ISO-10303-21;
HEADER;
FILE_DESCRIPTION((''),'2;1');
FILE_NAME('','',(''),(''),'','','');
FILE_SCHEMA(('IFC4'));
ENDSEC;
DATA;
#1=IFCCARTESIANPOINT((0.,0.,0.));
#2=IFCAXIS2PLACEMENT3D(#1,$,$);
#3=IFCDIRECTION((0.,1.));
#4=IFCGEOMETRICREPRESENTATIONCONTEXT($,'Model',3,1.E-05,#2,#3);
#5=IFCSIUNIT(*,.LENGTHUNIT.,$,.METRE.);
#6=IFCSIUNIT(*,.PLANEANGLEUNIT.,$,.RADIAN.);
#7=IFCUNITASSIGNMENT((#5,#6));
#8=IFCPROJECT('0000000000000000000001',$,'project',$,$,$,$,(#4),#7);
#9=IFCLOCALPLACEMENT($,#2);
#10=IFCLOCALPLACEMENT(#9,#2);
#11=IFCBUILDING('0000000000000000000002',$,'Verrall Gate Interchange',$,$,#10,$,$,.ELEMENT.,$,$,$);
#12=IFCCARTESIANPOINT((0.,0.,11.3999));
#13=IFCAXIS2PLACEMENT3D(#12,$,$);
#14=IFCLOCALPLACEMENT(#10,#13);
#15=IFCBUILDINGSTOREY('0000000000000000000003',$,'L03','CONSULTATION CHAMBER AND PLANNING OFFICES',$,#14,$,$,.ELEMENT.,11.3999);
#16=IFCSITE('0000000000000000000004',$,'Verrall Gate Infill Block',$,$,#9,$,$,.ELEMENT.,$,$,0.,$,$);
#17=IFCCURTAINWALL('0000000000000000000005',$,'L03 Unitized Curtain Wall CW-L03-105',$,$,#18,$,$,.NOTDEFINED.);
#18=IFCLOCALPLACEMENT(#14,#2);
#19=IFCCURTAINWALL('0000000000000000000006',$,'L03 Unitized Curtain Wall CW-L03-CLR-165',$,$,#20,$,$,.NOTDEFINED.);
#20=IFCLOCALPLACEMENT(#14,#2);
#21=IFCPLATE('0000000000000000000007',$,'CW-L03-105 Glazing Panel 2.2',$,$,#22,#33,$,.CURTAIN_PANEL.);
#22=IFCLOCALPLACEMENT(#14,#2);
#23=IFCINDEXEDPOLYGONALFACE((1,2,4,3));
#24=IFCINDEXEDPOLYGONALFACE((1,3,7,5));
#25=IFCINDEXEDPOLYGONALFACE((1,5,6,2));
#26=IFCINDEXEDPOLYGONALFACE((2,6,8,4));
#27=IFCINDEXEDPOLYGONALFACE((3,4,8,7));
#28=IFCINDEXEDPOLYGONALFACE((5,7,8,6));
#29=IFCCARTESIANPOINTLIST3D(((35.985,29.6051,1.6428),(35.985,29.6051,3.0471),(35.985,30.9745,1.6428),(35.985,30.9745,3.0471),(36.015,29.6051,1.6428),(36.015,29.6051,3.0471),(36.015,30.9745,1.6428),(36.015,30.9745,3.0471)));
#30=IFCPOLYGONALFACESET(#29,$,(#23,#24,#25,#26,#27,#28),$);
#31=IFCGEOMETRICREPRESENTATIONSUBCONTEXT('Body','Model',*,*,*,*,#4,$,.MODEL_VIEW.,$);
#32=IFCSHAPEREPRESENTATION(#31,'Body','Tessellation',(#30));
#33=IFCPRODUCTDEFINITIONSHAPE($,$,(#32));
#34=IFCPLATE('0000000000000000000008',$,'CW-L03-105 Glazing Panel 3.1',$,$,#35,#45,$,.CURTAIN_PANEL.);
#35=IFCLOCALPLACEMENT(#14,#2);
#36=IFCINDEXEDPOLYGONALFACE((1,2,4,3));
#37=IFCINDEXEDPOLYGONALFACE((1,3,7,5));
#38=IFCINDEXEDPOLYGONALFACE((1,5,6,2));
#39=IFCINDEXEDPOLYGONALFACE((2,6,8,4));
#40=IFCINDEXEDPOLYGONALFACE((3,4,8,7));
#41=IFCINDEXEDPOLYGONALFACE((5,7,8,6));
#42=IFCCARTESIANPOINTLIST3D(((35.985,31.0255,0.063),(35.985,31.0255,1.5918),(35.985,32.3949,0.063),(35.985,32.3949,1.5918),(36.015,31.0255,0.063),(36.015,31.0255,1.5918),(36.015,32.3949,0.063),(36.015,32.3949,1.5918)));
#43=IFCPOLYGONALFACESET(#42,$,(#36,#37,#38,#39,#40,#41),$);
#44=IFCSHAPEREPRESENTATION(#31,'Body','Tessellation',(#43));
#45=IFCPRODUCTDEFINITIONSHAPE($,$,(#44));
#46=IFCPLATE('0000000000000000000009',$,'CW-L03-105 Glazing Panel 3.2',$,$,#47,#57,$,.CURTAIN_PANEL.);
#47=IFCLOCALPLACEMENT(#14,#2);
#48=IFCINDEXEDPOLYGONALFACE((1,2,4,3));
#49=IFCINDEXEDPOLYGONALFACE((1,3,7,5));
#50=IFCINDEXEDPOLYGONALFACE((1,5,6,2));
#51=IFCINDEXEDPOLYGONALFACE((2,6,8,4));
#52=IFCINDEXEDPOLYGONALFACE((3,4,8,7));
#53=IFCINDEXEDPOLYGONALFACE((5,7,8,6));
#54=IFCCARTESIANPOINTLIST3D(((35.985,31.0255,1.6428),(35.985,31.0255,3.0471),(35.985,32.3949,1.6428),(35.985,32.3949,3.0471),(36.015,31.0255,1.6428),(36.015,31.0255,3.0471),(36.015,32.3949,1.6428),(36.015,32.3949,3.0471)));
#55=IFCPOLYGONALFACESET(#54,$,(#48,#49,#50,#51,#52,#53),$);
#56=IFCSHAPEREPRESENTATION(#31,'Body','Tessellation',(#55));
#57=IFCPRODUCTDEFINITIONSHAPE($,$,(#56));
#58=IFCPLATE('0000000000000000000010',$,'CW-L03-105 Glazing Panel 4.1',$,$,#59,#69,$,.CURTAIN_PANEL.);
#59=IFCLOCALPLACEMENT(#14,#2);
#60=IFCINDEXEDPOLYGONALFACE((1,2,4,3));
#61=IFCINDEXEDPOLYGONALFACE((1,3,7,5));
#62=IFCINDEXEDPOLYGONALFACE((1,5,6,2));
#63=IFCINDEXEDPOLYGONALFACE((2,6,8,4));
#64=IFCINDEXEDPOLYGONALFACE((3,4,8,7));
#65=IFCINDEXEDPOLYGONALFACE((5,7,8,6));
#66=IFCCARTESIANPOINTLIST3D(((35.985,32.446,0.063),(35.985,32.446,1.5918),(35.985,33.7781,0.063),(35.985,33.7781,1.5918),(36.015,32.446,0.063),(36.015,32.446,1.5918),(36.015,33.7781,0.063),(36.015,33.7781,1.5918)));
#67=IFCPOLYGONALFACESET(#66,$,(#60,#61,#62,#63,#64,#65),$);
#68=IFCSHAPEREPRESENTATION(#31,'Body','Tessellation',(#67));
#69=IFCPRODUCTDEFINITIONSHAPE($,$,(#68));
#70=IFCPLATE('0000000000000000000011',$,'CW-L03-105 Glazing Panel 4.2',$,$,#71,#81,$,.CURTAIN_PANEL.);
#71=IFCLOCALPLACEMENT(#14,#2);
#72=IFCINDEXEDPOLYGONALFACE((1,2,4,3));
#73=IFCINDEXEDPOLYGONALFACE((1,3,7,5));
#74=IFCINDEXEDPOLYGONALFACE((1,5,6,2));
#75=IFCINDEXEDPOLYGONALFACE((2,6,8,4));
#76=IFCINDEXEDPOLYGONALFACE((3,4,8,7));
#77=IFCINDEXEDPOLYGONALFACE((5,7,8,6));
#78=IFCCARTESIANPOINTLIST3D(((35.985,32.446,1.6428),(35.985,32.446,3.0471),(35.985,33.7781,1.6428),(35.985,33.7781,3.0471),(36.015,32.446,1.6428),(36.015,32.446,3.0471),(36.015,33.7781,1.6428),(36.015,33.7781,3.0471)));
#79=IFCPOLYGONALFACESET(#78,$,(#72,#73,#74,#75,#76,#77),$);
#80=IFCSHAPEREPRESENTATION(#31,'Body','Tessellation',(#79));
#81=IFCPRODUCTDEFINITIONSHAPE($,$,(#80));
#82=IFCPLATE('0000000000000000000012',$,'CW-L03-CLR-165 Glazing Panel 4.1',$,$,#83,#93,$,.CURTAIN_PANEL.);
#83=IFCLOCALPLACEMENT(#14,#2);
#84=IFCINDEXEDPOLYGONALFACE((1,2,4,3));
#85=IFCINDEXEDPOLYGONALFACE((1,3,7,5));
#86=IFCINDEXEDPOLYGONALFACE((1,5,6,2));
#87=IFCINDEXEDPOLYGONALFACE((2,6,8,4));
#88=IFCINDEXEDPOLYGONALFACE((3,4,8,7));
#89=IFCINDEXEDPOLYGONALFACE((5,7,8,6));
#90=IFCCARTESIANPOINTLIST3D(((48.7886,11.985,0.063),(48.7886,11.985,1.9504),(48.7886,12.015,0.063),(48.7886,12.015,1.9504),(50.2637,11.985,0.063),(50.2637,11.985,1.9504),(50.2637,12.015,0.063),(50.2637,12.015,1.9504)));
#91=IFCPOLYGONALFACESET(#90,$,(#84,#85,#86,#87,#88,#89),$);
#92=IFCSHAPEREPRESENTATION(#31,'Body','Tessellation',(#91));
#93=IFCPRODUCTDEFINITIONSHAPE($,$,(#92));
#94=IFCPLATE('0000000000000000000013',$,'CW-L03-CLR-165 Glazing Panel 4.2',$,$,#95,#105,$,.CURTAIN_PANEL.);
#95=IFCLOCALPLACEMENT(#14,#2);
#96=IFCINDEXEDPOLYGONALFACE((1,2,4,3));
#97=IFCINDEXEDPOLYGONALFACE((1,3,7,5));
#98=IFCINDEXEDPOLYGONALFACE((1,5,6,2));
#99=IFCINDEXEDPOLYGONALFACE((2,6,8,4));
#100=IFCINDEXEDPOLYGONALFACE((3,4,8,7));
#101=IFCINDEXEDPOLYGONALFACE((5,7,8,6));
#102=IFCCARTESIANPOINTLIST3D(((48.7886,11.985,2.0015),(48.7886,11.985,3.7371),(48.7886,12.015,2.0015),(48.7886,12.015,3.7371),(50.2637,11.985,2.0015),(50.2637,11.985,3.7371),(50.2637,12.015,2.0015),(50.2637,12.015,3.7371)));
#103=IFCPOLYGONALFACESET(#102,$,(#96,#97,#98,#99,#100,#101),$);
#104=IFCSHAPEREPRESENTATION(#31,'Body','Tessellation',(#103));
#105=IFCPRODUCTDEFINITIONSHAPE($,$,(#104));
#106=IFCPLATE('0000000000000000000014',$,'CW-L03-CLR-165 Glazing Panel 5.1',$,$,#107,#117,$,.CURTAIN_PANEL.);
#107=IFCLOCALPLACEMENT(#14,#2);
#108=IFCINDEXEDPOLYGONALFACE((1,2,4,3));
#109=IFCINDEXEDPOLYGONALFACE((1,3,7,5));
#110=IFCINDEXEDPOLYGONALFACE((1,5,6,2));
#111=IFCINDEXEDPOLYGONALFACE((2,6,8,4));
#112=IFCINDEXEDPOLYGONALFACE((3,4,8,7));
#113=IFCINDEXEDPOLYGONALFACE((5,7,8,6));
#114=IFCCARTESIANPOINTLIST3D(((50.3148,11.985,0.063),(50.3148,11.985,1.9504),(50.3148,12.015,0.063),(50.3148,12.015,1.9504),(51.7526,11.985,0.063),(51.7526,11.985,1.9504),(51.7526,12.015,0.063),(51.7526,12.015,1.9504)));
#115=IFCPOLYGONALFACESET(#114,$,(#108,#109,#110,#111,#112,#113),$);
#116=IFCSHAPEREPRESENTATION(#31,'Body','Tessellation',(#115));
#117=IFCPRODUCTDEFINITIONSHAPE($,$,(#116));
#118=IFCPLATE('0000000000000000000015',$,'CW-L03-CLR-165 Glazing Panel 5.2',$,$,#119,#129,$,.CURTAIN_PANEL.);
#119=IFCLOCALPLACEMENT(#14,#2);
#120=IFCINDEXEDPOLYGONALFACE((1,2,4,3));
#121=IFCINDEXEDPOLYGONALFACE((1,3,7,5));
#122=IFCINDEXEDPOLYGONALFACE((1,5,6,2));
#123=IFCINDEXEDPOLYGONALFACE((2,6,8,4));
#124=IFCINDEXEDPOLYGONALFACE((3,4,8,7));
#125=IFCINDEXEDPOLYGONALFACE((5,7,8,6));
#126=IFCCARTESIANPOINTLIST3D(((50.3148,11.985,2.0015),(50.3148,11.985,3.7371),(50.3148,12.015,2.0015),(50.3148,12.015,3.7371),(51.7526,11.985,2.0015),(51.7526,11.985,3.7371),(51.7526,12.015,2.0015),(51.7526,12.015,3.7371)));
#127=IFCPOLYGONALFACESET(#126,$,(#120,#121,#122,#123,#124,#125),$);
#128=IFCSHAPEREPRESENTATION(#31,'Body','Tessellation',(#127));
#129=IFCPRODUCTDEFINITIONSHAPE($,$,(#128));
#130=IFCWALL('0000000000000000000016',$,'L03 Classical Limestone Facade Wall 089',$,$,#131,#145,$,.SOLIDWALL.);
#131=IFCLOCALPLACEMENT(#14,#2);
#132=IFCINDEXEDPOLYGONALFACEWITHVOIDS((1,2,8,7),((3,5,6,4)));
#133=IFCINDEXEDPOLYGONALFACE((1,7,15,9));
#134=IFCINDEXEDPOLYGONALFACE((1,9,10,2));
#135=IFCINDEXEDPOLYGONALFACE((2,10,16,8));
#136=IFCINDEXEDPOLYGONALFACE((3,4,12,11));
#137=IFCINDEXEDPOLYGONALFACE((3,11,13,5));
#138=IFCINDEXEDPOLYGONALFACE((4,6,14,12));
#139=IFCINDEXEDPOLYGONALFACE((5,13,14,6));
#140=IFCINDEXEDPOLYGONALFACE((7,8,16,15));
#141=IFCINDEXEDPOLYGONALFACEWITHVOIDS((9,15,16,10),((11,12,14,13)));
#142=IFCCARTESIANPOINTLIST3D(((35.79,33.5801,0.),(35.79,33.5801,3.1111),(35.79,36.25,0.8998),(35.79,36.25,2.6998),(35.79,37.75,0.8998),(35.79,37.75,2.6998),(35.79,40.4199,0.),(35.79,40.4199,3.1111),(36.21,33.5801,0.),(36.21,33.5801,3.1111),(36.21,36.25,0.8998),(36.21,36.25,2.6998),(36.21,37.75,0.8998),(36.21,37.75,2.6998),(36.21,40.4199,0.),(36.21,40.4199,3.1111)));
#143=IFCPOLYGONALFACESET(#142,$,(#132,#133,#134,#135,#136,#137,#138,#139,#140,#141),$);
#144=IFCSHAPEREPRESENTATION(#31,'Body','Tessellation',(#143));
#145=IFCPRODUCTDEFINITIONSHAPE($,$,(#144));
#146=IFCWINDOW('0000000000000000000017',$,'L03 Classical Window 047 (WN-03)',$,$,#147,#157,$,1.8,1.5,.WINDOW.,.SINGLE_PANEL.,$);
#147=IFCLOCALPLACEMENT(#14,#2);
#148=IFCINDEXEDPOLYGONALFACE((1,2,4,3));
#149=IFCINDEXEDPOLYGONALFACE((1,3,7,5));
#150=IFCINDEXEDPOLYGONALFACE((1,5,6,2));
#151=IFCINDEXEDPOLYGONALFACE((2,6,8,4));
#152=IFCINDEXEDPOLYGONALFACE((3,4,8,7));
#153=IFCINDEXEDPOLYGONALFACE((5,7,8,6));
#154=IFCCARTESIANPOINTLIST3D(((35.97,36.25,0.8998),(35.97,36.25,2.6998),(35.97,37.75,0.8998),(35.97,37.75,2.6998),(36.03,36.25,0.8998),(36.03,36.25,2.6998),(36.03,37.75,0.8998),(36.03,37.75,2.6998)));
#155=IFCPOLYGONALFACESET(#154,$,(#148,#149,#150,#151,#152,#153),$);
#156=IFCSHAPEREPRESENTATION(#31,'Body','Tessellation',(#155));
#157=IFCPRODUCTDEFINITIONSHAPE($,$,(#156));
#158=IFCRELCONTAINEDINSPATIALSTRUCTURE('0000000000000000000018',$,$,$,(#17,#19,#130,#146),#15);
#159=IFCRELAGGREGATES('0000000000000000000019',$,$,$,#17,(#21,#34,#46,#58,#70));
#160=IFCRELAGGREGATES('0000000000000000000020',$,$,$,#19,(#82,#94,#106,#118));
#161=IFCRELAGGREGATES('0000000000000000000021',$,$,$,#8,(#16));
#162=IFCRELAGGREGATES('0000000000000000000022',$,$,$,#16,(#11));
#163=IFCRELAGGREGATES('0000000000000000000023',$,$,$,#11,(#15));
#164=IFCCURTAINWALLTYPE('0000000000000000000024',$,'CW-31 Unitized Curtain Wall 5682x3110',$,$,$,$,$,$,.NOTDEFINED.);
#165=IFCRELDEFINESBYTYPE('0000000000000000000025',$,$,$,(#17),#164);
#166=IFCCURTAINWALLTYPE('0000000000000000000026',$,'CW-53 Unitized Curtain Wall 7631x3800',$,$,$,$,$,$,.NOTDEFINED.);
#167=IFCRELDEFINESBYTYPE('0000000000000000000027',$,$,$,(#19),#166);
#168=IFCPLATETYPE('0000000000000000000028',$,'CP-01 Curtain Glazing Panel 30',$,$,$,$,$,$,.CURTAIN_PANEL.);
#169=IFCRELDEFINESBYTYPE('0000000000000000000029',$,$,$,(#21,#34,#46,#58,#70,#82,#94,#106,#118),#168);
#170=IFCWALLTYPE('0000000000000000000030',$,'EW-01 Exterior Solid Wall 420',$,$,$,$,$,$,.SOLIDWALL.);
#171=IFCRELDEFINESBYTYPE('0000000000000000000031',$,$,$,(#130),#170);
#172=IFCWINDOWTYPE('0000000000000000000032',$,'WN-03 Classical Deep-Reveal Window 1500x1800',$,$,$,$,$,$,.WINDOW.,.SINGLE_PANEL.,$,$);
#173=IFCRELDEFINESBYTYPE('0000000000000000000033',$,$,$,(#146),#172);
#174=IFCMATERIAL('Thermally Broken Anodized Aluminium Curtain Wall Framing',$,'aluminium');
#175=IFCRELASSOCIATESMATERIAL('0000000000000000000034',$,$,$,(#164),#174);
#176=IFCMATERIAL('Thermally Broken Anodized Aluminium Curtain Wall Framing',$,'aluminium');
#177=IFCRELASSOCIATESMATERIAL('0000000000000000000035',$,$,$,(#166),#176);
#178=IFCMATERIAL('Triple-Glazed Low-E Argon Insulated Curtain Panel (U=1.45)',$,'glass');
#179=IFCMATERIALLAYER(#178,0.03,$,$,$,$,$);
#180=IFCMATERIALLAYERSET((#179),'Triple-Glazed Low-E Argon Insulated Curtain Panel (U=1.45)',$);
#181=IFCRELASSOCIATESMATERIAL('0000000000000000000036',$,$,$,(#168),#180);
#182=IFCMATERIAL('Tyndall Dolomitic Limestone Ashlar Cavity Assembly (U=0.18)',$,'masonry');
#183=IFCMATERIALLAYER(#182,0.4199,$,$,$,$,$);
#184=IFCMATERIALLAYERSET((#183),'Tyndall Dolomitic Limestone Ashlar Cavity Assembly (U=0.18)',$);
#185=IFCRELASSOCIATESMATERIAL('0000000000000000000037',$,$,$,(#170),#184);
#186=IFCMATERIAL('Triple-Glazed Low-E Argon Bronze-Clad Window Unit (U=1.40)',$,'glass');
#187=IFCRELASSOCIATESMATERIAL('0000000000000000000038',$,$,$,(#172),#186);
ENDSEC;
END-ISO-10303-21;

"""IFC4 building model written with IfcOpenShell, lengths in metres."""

from ifc_helpers import new_model, si_unit, direction, frame, frame_2d, origin, origin_2d, place, context, subcontext, project, spatial, rectangle, extrude, material, layer, layer_set, type_object, element, fill, aggregate, save


model = new_model("IFC4")

# Units and contexts
model_context = context("Model", 3, precision=1e-05, world=origin(), true_north=direction((0.0, 1.0)))
body_context = subcontext(model_context, "Body", "Model", "MODEL_VIEW")
ifc_project = project(units=[si_unit("LENGTHUNIT", "METRE"), si_unit("PLANEANGLEUNIT", "RADIAN")], contexts=[model_context])

# Site, building, storey
site_placement = place(None, origin())
site = spatial("IfcSite", under=ifc_project, at=site_placement, Name="Verrall Gate Infill Block", CompositionType="ELEMENT", RefElevation=0.0)
building_placement = place(site_placement, origin())
building = spatial("IfcBuilding", under=site, at=building_placement, Name="Verrall Gate Interchange", CompositionType="ELEMENT")
storey_placement = place(building_placement, frame((0.0, 0.0, 11.3999)))
storey = spatial("IfcBuildingStorey", under=building, at=storey_placement, Name="L03", Description="CONSULTATION CHAMBER AND PLANNING OFFICES", CompositionType="ELEMENT", Elevation=11.3999)

# Curtain walls
ifc_material_1 = material(Name="Thermally Broken Anodized Aluminium Curtain Wall Framing", Category="aluminium")
curtain_wall_type_1 = type_object("IfcCurtainWallType", Name="CW-31 Unitized Curtain Wall 5682x3110", PredefinedType="NOTDEFINED", material=ifc_material_1)
curtain_wall_1_placement = place(storey_placement, origin())
curtain_wall_1 = element("IfcCurtainWall", 1, at=curtain_wall_1_placement, inside=storey, type_object=curtain_wall_type_1, Name="L03 Unitized Curtain Wall CW-L03-105", PredefinedType="NOTDEFINED")
ifc_material_2 = material(Name="Thermally Broken Anodized Aluminium Curtain Wall Framing", Category="aluminium")
curtain_wall_type_2 = type_object("IfcCurtainWallType", Name="CW-53 Unitized Curtain Wall 7631x3800", PredefinedType="NOTDEFINED", material=ifc_material_2)
curtain_wall_2_placement = place(storey_placement, origin())
curtain_wall_2 = element("IfcCurtainWall", 2, at=curtain_wall_2_placement, inside=storey, type_object=curtain_wall_type_2, Name="L03 Unitized Curtain Wall CW-L03-CLR-165", PredefinedType="NOTDEFINED")

# Plates
ifc_material_3 = material(Name="Triple-Glazed Low-E Argon Insulated Curtain Panel (U=1.45)", Category="glass")
ifc_layer_1 = layer(ifc_material_3, 0.03)
ifc_layer_set_1 = layer_set([ifc_layer_1], Name="Triple-Glazed Low-E Argon Insulated Curtain Panel (U=1.45)")
plate_type_1 = type_object("IfcPlateType", Name="CP-01 Curtain Glazing Panel 30", PredefinedType="CURTAIN_PANEL", material=ifc_layer_set_1)
plate_1_placement = place(storey_placement, frame((36.0, 30.2898, 1.6428), z_axis=(0.0, 0.0, 1.0), x_axis=(0.0, 1.0, 0.0)))
plate_1 = element("IfcPlate", 3, at=plate_1_placement, type_object=plate_type_1, Name="CW-L03-105 Glazing Panel 2.2", PredefinedType="CURTAIN_PANEL", context=body_context, shape_type="SweptSolid", body=[
    extrude(rectangle(XDim=1.3694, YDim=0.03, at=origin_2d()), origin(), (0.0, 0.0, 1.0), 1.4043),
])
plate_2_placement = place(storey_placement, frame((36.0, 31.7102, 0.063), z_axis=(0.0, 0.0, 1.0), x_axis=(0.0, 1.0, 0.0)))
plate_2 = element("IfcPlate", 4, at=plate_2_placement, type_object=plate_type_1, Name="CW-L03-105 Glazing Panel 3.1", PredefinedType="CURTAIN_PANEL", context=body_context, shape_type="SweptSolid", body=[
    extrude(rectangle(XDim=1.3694, YDim=0.03, at=origin_2d()), origin(), (0.0, 0.0, 1.0), 1.5288),
])
plate_3_placement = place(storey_placement, frame((36.0, 31.7102, 1.6428), z_axis=(0.0, 0.0, 1.0), x_axis=(0.0, 1.0, 0.0)))
plate_3 = element("IfcPlate", 5, at=plate_3_placement, type_object=plate_type_1, Name="CW-L03-105 Glazing Panel 3.2", PredefinedType="CURTAIN_PANEL", context=body_context, shape_type="SweptSolid", body=[
    extrude(rectangle(XDim=1.3694, YDim=0.03, at=origin_2d()), origin(), (0.0, 0.0, 1.0), 1.4043),
])
plate_4_placement = place(storey_placement, frame((36.0, 33.1121, 0.063), z_axis=(0.0, 0.0, 1.0), x_axis=(0.0, 1.0, 0.0)))
plate_4 = element("IfcPlate", 6, at=plate_4_placement, type_object=plate_type_1, Name="CW-L03-105 Glazing Panel 4.1", PredefinedType="CURTAIN_PANEL", context=body_context, shape_type="SweptSolid", body=[
    extrude(rectangle(XDim=1.332, YDim=0.03, at=origin_2d()), origin(), (0.0, 0.0, 1.0), 1.5288),
])
plate_5_placement = place(storey_placement, frame((36.0, 33.1121, 1.6428), z_axis=(0.0, 0.0, 1.0), x_axis=(0.0, 1.0, 0.0)))
plate_5 = element("IfcPlate", 7, at=plate_5_placement, type_object=plate_type_1, Name="CW-L03-105 Glazing Panel 4.2", PredefinedType="CURTAIN_PANEL", context=body_context, shape_type="SweptSolid", body=[
    extrude(rectangle(XDim=1.332, YDim=0.03, at=origin_2d()), origin(), (0.0, 0.0, 1.0), 1.4043),
])
aggregate(curtain_wall_1, [plate_1, plate_2, plate_3, plate_4, plate_5])
plate_6_placement = place(storey_placement, frame((49.5261, 12.0, 0.063), z_axis=(0.0, 0.0, 1.0), x_axis=(1.0, 0.0, 0.0)))
plate_6 = element("IfcPlate", 8, at=plate_6_placement, type_object=plate_type_1, Name="CW-L03-CLR-165 Glazing Panel 4.1", PredefinedType="CURTAIN_PANEL", context=body_context, shape_type="SweptSolid", body=[
    extrude(rectangle(XDim=1.4751, YDim=0.03, at=origin_2d()), origin(), (0.0, 0.0, 1.0), 1.8875),
])
plate_7_placement = place(storey_placement, frame((49.5261, 12.0, 2.0015), z_axis=(0.0, 0.0, 1.0), x_axis=(1.0, 0.0, 0.0)))
plate_7 = element("IfcPlate", 9, at=plate_7_placement, type_object=plate_type_1, Name="CW-L03-CLR-165 Glazing Panel 4.2", PredefinedType="CURTAIN_PANEL", context=body_context, shape_type="SweptSolid", body=[
    extrude(rectangle(XDim=1.4751, YDim=0.03, at=origin_2d()), origin(), (0.0, 0.0, 1.0), 1.7356),
])
plate_8_placement = place(storey_placement, frame((51.0337, 12.0, 0.063), z_axis=(0.0, 0.0, 1.0), x_axis=(1.0, 0.0, 0.0)))
plate_8 = element("IfcPlate", 10, at=plate_8_placement, type_object=plate_type_1, Name="CW-L03-CLR-165 Glazing Panel 5.1", PredefinedType="CURTAIN_PANEL", context=body_context, shape_type="SweptSolid", body=[
    extrude(rectangle(XDim=1.4377, YDim=0.03, at=origin_2d()), origin(), (0.0, 0.0, 1.0), 1.8875),
])
plate_9_placement = place(storey_placement, frame((51.0337, 12.0, 2.0015), z_axis=(0.0, 0.0, 1.0), x_axis=(1.0, 0.0, 0.0)))
plate_9 = element("IfcPlate", 11, at=plate_9_placement, type_object=plate_type_1, Name="CW-L03-CLR-165 Glazing Panel 5.2", PredefinedType="CURTAIN_PANEL", context=body_context, shape_type="SweptSolid", body=[
    extrude(rectangle(XDim=1.4377, YDim=0.03, at=origin_2d()), origin(), (0.0, 0.0, 1.0), 1.7356),
])
aggregate(curtain_wall_2, [plate_6, plate_7, plate_8, plate_9])

# Wall, opening, window
ifc_material_4 = material(Name="Tyndall Dolomitic Limestone Ashlar Cavity Assembly (U=0.18)", Category="masonry")
ifc_layer_2 = layer(ifc_material_4, 0.4199)
ifc_layer_set_2 = layer_set([ifc_layer_2], Name="Tyndall Dolomitic Limestone Ashlar Cavity Assembly (U=0.18)")
wall_type = type_object("IfcWallType", Name="EW-01 Exterior Solid Wall 420", PredefinedType="SOLIDWALL", material=ifc_layer_set_2)
wall_placement = place(storey_placement, frame((36.0, 33.5801, 0.0), z_axis=(0.0, 0.0, 1.0), x_axis=(0.0, 1.0, 0.0)))
wall = element("IfcWall", 12, at=wall_placement, inside=storey, type_object=wall_type, Name="L03 Classical Limestone Facade Wall 089", PredefinedType="SOLIDWALL", context=body_context, shape_type="SweptSolid", body=[
    extrude(rectangle(XDim=6.8398, YDim=0.4199, at=frame_2d((3.4199, 0.0))), origin(), (0.0, 0.0, 1.0), 3.1111),
])
opening_placement = place(wall_placement, frame((2.6699, 0.0, 0.8999)))
opening = element("IfcOpeningElement", 13, at=opening_placement, cuts=wall, PredefinedType="OPENING", context=body_context, shape_type="SweptSolid", body=[
    extrude(rectangle(XDim=1.5, YDim=1.8, at=frame_2d((0.75, 0.8999))), frame((0.0, 0.2249, 0.0), z_axis=(0.0, -1.0, 0.0), x_axis=(1.0, 0.0, 0.0)), (0.0, 0.0, 1.0), 0.4497),
])
ifc_material_5 = material(Name="Triple-Glazed Low-E Argon Bronze-Clad Window Unit (U=1.40)", Category="glass")
window_type = type_object("IfcWindowType", Name="WN-03 Classical Deep-Reveal Window 1500x1800", PartitioningType="SINGLE_PANEL", PredefinedType="WINDOW", material=ifc_material_5)
window_placement = place(opening_placement, origin())
window = element("IfcWindow", 14, at=window_placement, inside=storey, type_object=window_type, Name="L03 Classical Window 047 (WN-03)", OverallHeight=1.8, OverallWidth=1.5, PartitioningType="SINGLE_PANEL", PredefinedType="WINDOW", context=body_context, shape_type="SweptSolid", body=[
    extrude(rectangle(XDim=1.5, YDim=1.8, at=frame_2d((0.75, 0.8999))), frame((0.0, 0.03, 0.0), z_axis=(0.0, -1.0, 0.0), x_axis=(1.0, 0.0, 0.0)), (0.0, 0.0, 1.0), 0.0601),
])
fill(opening, window)

save(model, "model.ifc")
